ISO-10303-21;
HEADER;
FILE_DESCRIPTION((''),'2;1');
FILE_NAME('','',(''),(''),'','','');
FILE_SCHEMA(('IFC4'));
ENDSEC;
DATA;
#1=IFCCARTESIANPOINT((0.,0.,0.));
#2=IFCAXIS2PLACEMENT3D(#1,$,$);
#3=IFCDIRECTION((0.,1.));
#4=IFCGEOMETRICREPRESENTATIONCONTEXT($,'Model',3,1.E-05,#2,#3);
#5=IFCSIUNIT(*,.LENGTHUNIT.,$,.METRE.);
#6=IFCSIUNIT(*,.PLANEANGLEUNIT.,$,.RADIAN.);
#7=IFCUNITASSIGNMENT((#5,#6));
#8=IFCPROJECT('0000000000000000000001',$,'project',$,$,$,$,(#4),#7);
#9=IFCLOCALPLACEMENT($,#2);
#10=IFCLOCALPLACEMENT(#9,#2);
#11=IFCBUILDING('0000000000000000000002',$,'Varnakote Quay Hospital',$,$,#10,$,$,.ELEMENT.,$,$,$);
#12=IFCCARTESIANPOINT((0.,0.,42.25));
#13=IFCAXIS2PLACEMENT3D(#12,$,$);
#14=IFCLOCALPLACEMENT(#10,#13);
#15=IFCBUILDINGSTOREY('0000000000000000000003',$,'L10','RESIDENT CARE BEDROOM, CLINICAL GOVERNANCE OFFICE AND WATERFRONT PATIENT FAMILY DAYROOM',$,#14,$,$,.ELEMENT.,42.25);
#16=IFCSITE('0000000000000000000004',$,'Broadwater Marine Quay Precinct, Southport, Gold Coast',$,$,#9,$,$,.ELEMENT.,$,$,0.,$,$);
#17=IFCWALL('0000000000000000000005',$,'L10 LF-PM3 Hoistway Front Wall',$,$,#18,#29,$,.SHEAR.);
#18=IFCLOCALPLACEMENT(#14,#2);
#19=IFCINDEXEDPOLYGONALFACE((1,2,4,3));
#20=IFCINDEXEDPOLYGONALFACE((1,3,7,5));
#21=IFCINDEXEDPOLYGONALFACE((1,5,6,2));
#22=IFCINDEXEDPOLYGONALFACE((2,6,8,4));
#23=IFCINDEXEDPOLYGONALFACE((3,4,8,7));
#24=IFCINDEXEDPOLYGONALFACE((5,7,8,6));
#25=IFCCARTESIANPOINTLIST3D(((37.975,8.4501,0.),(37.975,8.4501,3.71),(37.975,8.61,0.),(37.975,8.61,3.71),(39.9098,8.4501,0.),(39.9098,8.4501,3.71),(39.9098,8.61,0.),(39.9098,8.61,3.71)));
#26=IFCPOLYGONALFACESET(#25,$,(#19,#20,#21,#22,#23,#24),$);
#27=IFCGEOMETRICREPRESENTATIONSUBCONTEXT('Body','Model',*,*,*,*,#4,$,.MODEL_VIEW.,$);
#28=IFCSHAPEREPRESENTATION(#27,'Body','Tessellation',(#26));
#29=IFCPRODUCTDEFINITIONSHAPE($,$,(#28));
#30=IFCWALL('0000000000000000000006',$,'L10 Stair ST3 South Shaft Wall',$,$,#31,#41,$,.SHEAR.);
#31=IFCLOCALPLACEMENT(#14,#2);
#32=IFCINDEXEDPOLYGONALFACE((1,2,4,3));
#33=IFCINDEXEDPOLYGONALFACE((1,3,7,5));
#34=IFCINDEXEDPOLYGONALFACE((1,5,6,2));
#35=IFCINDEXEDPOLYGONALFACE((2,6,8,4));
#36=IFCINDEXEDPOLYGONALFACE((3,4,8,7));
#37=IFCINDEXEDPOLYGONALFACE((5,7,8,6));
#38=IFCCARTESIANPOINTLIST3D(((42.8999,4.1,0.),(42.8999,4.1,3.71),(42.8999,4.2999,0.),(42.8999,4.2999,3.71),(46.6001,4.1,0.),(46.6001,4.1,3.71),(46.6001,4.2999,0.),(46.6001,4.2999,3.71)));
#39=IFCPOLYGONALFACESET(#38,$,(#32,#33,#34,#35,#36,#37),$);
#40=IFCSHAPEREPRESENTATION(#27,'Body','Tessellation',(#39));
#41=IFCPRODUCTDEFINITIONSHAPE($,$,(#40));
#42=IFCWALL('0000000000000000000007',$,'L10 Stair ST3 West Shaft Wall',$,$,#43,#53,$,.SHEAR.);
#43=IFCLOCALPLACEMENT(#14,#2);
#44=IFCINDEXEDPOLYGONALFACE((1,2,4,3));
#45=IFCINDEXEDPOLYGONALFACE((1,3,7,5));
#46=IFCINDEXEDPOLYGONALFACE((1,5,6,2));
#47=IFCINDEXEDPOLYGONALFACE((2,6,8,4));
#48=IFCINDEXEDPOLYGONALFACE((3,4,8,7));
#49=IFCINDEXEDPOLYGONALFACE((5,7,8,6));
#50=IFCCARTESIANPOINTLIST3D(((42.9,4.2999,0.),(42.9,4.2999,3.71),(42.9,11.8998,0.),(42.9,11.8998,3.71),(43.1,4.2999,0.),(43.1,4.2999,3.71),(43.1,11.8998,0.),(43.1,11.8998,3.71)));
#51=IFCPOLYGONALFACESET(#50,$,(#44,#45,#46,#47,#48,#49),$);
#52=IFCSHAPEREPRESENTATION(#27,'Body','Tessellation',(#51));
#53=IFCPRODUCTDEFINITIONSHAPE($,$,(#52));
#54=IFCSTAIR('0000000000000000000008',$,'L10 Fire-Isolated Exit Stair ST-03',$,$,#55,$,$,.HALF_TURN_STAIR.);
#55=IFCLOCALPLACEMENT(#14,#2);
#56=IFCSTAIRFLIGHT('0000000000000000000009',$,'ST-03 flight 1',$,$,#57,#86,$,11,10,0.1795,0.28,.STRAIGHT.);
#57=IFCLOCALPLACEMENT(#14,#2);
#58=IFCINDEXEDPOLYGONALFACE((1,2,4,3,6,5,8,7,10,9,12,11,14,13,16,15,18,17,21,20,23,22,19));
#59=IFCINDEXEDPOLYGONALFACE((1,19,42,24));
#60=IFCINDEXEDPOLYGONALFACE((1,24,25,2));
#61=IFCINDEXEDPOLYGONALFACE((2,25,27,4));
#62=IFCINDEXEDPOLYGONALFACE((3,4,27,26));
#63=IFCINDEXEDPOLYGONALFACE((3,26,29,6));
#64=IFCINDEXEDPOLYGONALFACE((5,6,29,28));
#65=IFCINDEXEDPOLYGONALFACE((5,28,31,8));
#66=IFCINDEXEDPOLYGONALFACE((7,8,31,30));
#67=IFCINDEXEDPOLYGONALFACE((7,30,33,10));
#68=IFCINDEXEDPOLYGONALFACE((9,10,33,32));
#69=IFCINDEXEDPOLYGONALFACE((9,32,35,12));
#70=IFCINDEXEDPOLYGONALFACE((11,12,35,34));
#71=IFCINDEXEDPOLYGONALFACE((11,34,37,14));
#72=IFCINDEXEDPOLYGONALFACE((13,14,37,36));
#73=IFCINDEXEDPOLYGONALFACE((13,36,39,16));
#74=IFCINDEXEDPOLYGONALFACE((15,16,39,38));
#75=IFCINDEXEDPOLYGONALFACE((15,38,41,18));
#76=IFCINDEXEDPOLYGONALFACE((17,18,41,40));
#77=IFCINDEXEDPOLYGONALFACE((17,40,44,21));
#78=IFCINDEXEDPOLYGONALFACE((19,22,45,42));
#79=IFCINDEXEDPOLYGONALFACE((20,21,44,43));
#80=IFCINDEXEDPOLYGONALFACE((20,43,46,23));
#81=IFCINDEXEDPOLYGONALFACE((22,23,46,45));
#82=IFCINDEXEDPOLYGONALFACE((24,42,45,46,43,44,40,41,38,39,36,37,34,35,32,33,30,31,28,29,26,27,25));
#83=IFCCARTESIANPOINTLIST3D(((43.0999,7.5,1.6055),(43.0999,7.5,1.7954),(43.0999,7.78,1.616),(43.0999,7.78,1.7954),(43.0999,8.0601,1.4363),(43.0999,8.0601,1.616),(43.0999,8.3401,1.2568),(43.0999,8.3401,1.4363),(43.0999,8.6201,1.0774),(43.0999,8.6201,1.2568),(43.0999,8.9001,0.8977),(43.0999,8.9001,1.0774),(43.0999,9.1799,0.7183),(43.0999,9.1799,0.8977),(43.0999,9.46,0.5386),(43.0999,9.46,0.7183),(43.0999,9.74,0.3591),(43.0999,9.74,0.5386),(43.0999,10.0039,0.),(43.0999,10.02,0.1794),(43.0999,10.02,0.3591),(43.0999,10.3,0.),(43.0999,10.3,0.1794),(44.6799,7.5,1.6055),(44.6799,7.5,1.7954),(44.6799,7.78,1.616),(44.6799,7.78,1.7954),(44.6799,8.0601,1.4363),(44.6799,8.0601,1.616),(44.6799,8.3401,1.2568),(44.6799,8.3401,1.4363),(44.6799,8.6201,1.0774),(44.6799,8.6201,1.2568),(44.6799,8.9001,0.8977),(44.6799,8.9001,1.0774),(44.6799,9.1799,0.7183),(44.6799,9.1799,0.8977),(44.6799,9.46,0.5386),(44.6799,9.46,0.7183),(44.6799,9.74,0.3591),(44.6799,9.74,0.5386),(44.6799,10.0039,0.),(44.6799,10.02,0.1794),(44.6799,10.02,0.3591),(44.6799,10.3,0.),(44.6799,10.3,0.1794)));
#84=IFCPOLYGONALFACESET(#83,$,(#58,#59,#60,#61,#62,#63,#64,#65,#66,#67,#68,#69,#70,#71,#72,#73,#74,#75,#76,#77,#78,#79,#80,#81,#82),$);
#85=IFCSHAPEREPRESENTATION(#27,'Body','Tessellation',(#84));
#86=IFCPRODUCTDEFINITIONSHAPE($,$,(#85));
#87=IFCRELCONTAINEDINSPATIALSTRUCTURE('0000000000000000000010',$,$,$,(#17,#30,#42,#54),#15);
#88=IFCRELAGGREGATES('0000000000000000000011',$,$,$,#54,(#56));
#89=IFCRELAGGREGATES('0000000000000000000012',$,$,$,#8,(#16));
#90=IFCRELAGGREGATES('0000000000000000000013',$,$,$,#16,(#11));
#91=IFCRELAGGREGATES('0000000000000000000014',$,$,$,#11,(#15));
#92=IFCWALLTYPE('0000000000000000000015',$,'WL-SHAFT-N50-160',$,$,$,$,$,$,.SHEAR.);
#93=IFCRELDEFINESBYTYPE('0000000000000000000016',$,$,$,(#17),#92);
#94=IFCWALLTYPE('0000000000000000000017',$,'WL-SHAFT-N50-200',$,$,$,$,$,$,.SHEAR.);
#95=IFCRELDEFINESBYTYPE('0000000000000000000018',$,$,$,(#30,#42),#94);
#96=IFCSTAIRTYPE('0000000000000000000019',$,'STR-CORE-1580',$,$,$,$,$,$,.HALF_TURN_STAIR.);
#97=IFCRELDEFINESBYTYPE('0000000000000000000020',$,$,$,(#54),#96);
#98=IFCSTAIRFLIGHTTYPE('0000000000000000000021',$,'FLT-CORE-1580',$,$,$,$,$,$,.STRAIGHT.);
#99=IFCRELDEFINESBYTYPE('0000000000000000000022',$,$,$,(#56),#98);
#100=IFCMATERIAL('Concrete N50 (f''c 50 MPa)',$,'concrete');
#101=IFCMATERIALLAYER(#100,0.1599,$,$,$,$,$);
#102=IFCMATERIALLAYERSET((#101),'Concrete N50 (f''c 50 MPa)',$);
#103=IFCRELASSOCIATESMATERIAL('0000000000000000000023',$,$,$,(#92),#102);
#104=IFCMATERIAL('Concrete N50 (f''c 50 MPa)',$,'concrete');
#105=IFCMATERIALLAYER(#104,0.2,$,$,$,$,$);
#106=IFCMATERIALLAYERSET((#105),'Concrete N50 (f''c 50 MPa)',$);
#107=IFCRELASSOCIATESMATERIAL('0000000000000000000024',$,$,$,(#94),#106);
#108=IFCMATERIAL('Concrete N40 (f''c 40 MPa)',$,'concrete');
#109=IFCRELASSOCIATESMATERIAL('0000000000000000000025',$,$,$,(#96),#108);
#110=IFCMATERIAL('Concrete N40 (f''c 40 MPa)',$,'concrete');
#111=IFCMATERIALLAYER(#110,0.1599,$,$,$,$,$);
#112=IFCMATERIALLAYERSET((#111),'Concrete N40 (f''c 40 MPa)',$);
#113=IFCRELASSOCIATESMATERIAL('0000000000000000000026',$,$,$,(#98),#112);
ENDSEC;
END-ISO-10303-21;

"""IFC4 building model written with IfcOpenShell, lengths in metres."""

from ifc_helpers import new_model, si_unit, direction, frame, frame_2d, origin, place, context, subcontext, project, spatial, polyline, rectangle, outline, extrude, material, layer, layer_set, type_object, element, aggregate, save


model = new_model("IFC4")

# Units and contexts
model_context = context("Model", 3, precision=1e-05, world=origin(), true_north=direction((0.0, 1.0)))
body_context = subcontext(model_context, "Body", "Model", "MODEL_VIEW")
ifc_project = project(units=[si_unit("LENGTHUNIT", "METRE"), si_unit("PLANEANGLEUNIT", "RADIAN")], contexts=[model_context])

# Site, building, storey
site_placement = place(None, origin())
site = spatial("IfcSite", under=ifc_project, at=site_placement, Name="Broadwater Marine Quay Precinct, Southport, Gold Coast", CompositionType="ELEMENT", RefElevation=0.0)
building_placement = place(site_placement, origin())
building = spatial("IfcBuilding", under=site, at=building_placement, Name="Varnakote Quay Hospital", CompositionType="ELEMENT")
storey_placement = place(building_placement, frame((0.0, 0.0, 42.25)))
storey = spatial("IfcBuildingStorey", under=building, at=storey_placement, Name="L10", Description="RESIDENT CARE BEDROOM, CLINICAL GOVERNANCE OFFICE AND WATERFRONT PATIENT FAMILY DAYROOM", CompositionType="ELEMENT", Elevation=42.25)

# Walls
ifc_material_1 = material(Name="Concrete N50 (f'c 50 MPa)", Category="concrete")
ifc_layer_1 = layer(ifc_material_1, 0.1599)
ifc_layer_set_1 = layer_set([ifc_layer_1], Name="Concrete N50 (f'c 50 MPa)")
wall_type_1 = type_object("IfcWallType", Name="WL-SHAFT-N50-160", PredefinedType="SHEAR", material=ifc_layer_set_1)
wall_1_placement = place(storey_placement, frame((37.9751, 8.53, 0.0), z_axis=(0.0, 0.0, 1.0), x_axis=(1.0, 0.0, 0.0)))
element("IfcWall", 1, at=wall_1_placement, inside=storey, type_object=wall_type_1, Name="L10 LF-PM3 Hoistway Front Wall", PredefinedType="SHEAR", context=body_context, shape_type="SweptSolid", body=[
    extrude(rectangle(XDim=1.9348, YDim=0.1599, at=frame_2d((0.9673, 0.0))), origin(), (0.0, 0.0, 1.0), 3.71),
])
ifc_material_2 = material(Name="Concrete N50 (f'c 50 MPa)", Category="concrete")
ifc_layer_2 = layer(ifc_material_2, 0.2)
ifc_layer_set_2 = layer_set([ifc_layer_2], Name="Concrete N50 (f'c 50 MPa)")
wall_type_2 = type_object("IfcWallType", Name="WL-SHAFT-N50-200", PredefinedType="SHEAR", material=ifc_layer_set_2)
wall_2_placement = place(storey_placement, frame((42.8999, 4.2, 0.0), z_axis=(0.0, 0.0, 1.0), x_axis=(1.0, 0.0, 0.0)))
element("IfcWall", 2, at=wall_2_placement, inside=storey, type_object=wall_type_2, Name="L10 Stair ST3 South Shaft Wall", PredefinedType="SHEAR", context=body_context, shape_type="SweptSolid", body=[
    extrude(rectangle(XDim=3.7002, YDim=0.2, at=frame_2d((1.8501, 0.0))), origin(), (0.0, 0.0, 1.0), 3.71),
])
wall_3_placement = place(storey_placement, frame((43.0, 4.3, 0.0), z_axis=(0.0, 0.0, 1.0), x_axis=(0.0, 1.0, 0.0)))
element("IfcWall", 3, at=wall_3_placement, inside=storey, type_object=wall_type_2, Name="L10 Stair ST3 West Shaft Wall", PredefinedType="SHEAR", context=body_context, shape_type="SweptSolid", body=[
    extrude(rectangle(XDim=7.5999, YDim=0.2, at=frame_2d((3.7998, 0.0))), origin(), (0.0, 0.0, 1.0), 3.71),
])

# Stair, stair flight
ifc_material_3 = material(Name="Concrete N40 (f'c 40 MPa)", Category="concrete")
stair_type = type_object("IfcStairType", Name="STR-CORE-1580", PredefinedType="HALF_TURN_STAIR", material=ifc_material_3)
stair_placement = place(storey_placement, origin())
stair = element("IfcStair", 4, at=stair_placement, inside=storey, type_object=stair_type, Name="L10 Fire-Isolated Exit Stair ST-03", PredefinedType="HALF_TURN_STAIR")
ifc_material_4 = material(Name="Concrete N40 (f'c 40 MPa)", Category="concrete")
ifc_layer_3 = layer(ifc_material_4, 0.1599)
ifc_layer_set_3 = layer_set([ifc_layer_3], Name="Concrete N40 (f'c 40 MPa)")
stair_flight_type = type_object("IfcStairFlightType", Name="FLT-CORE-1580", PredefinedType="STRAIGHT", material=ifc_layer_set_3)
stair_flight_placement = place(storey_placement, frame((43.8899, 10.3, 0.0), z_axis=(0.0, 0.0, 1.0), x_axis=(0.0, -1.0, 0.0)))
stair_flight = element("IfcStairFlight", 5, at=stair_flight_placement, type_object=stair_flight_type, Name="ST-03 flight 1", NumberOfRisers=11, NumberOfTreads=10, PredefinedType="STRAIGHT", RiserHeight=0.1795, TreadLength=0.28, context=body_context, shape_type="SweptSolid", body=[
    extrude(outline(polyline([(0.0, 0.0), (0.0, 0.1794), (0.28, 0.1794), (0.28, 0.3591), (0.5601, 0.3591), (0.5601, 0.5386), (0.8401, 0.5386), (0.8401, 0.7183), (1.1201, 0.7183), (1.1201, 0.8977), (1.3999, 0.8977), (1.3999, 1.0774), (1.6799, 1.0774), (1.6799, 1.2568), (1.96, 1.2568), (1.96, 1.4363), (2.24, 1.4363), (2.24, 1.616), (2.52, 1.616), (2.52, 1.7954), (2.8, 1.7954), (2.8, 1.9751), (2.8, 1.6055), (0.2961, 0.0), (0.0, 0.0)])), frame((0.0, 0.79, 0.0), z_axis=(0.0, -1.0, 0.0), x_axis=(1.0, 0.0, 0.0)), (0.0, 0.0, 1.0), 1.5801),
])
aggregate(stair, [stair_flight])

save(model, "model.ifc")
